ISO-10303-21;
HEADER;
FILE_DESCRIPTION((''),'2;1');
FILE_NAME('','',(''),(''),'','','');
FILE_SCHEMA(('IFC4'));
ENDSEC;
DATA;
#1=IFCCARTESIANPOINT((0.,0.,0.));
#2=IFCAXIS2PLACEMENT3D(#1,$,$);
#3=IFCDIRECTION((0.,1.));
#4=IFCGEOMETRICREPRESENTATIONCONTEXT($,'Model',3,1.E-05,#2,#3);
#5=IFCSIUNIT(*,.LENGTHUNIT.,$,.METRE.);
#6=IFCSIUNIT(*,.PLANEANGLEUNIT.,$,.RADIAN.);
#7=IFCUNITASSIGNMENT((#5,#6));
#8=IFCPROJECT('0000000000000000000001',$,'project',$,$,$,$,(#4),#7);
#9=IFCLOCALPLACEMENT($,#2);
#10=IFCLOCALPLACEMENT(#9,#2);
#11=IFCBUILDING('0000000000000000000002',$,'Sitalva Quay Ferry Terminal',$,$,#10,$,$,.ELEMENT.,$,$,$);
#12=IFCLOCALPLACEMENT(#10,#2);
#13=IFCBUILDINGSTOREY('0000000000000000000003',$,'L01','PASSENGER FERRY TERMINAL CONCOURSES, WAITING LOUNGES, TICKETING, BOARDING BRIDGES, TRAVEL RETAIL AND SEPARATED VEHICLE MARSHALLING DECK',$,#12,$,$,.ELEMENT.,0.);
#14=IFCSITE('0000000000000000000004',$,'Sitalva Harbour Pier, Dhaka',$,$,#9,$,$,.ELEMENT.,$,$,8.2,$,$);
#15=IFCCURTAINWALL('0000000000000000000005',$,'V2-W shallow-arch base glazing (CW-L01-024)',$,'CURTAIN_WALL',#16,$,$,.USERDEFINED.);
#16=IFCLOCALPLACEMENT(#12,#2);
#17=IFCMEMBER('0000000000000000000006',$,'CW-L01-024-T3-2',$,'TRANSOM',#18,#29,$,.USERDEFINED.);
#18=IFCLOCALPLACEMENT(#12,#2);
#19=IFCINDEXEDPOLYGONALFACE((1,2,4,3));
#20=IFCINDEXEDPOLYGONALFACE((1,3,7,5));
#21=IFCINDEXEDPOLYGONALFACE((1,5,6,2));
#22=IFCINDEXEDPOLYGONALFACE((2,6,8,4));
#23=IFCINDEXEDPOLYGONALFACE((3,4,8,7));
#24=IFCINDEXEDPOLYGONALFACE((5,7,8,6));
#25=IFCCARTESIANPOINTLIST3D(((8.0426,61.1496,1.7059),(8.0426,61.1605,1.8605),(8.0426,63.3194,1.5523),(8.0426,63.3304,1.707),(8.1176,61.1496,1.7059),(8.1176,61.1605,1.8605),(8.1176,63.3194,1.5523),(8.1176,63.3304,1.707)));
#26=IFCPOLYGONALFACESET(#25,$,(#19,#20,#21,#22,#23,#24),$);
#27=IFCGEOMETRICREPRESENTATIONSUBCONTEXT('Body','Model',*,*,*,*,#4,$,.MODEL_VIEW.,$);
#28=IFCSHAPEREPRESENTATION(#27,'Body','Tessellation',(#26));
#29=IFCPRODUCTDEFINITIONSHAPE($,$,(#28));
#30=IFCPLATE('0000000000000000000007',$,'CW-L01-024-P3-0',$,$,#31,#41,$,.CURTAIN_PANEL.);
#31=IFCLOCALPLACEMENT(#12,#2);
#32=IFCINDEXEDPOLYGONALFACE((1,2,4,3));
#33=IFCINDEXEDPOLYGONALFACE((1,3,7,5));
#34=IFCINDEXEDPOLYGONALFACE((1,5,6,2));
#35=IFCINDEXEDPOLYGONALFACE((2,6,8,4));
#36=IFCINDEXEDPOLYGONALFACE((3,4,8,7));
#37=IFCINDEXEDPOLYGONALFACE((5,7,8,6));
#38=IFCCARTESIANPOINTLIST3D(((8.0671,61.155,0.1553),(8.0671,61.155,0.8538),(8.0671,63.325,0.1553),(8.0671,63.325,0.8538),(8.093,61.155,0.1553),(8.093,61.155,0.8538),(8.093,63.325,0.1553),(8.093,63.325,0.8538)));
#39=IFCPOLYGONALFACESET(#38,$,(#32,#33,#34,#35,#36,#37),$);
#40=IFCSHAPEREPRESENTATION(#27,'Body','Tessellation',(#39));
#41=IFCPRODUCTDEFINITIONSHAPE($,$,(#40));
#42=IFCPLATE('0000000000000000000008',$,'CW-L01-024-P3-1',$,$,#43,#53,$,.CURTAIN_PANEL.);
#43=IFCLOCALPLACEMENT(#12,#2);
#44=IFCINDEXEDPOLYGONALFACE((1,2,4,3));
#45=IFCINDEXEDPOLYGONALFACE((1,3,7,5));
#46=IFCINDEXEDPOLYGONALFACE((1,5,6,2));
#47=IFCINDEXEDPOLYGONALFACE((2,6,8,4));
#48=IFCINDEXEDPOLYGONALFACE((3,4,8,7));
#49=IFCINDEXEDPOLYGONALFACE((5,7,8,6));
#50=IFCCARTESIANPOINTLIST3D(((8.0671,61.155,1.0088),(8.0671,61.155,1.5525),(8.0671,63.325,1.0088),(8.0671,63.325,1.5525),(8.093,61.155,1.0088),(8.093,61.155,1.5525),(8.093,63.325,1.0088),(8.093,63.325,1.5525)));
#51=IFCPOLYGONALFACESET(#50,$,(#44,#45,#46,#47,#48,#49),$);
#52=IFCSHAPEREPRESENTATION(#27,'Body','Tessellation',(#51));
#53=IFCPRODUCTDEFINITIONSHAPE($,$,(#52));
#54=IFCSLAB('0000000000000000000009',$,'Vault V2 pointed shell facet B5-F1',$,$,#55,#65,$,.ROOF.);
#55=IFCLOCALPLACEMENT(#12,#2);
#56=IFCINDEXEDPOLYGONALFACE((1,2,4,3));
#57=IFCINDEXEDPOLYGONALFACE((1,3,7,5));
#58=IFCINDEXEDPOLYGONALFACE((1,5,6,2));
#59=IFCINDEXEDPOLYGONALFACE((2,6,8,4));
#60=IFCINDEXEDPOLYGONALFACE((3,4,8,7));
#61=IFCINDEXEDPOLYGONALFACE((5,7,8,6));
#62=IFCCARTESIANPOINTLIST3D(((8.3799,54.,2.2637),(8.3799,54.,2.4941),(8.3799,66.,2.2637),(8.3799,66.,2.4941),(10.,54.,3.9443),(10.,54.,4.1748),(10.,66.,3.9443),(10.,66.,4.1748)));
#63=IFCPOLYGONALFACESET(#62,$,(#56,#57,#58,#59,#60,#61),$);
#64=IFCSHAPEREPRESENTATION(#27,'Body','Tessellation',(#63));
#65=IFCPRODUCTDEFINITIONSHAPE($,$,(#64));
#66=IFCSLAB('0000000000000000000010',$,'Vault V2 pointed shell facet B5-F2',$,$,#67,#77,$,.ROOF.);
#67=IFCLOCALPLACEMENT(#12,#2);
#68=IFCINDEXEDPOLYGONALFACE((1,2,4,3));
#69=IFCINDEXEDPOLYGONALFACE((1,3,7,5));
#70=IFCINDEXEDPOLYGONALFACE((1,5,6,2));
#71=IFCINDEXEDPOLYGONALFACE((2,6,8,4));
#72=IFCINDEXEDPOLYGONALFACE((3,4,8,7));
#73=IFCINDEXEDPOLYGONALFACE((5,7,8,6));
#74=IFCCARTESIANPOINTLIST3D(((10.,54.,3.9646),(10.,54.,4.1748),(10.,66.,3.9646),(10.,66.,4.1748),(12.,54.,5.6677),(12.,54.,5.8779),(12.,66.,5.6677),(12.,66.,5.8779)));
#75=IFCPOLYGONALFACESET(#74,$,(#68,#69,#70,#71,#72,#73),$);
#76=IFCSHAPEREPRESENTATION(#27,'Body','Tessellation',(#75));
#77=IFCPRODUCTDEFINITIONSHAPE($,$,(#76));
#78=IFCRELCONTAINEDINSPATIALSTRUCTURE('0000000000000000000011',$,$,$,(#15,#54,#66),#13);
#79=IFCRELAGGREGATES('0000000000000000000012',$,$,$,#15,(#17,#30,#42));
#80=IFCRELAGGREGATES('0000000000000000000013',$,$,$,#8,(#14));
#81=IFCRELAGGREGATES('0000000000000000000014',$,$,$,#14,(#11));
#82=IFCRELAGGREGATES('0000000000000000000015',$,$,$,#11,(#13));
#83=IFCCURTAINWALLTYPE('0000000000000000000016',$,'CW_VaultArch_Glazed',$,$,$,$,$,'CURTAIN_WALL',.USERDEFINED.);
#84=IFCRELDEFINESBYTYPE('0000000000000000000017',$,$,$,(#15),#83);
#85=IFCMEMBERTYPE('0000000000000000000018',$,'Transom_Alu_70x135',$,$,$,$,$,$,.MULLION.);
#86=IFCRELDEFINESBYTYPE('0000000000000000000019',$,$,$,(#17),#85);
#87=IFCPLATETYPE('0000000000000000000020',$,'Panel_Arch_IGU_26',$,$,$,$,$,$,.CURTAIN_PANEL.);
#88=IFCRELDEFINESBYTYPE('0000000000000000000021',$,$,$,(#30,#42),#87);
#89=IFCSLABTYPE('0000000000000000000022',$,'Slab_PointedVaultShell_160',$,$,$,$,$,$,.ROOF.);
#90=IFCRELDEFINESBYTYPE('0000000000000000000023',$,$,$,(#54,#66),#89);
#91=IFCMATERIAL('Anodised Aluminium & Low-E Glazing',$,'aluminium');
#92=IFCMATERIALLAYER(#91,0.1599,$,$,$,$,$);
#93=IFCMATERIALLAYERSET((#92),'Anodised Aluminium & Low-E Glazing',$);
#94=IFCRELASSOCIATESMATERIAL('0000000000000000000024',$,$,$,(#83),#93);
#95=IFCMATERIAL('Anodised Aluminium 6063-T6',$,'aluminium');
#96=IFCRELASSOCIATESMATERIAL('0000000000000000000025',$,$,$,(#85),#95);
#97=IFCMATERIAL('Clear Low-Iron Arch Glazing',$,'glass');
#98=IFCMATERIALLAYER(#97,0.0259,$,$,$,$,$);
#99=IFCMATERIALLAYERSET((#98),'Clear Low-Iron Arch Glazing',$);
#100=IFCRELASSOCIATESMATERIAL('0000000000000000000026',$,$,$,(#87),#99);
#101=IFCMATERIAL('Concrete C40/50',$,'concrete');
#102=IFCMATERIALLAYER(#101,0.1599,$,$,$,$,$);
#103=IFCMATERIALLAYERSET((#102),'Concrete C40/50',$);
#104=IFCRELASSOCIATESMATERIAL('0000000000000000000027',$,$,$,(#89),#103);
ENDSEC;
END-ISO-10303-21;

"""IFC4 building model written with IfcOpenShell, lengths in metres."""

from ifc_helpers import new_model, si_unit, direction, frame, origin, origin_2d, place, context, subcontext, project, spatial, polyline, rectangle, outline, extrude, material, layer, layer_set, material_profile, profile_set, type_object, element, aggregate, save


model = new_model("IFC4")

# Units and contexts
model_context = context("Model", 3, precision=1e-05, world=origin(), true_north=direction((0.0, 1.0)))
body_context = subcontext(model_context, "Body", "Model", "MODEL_VIEW")
ifc_project = project(units=[si_unit("LENGTHUNIT", "METRE"), si_unit("PLANEANGLEUNIT", "RADIAN")], contexts=[model_context])

# Site, building, storey
site_placement = place(None, origin())
site = spatial("IfcSite", under=ifc_project, at=site_placement, Name="Sitalva Harbour Pier, Dhaka", CompositionType="ELEMENT", RefElevation=8.2)
building_placement = place(site_placement, origin())
building = spatial("IfcBuilding", under=site, at=building_placement, Name="Sitalva Quay Ferry Terminal", CompositionType="ELEMENT")
storey_placement = place(building_placement, origin())
storey = spatial("IfcBuildingStorey", under=building, at=storey_placement, Name="L01", Description="PASSENGER FERRY TERMINAL CONCOURSES, WAITING LOUNGES, TICKETING, BOARDING BRIDGES, TRAVEL RETAIL AND SEPARATED VEHICLE MARSHALLING DECK", CompositionType="ELEMENT", Elevation=0.0)

# Curtain wall, member, plates
ifc_material_1 = material(Name="Anodised Aluminium & Low-E Glazing", Category="aluminium")
ifc_layer_1 = layer(ifc_material_1, 0.1599)
ifc_layer_set_1 = layer_set([ifc_layer_1], Name="Anodised Aluminium & Low-E Glazing")
curtain_wall_type = type_object("IfcCurtainWallType", Name="CW_VaultArch_Glazed", ElementType="CURTAIN_WALL", PredefinedType="USERDEFINED", material=ifc_layer_set_1)
curtain_wall_placement = place(storey_placement, origin())
curtain_wall = element("IfcCurtainWall", 1, at=curtain_wall_placement, inside=storey, type_object=curtain_wall_type, Name="V2-W shallow-arch base glazing (CW-L01-024)", ObjectType="CURTAIN_WALL", PredefinedType="USERDEFINED")
ifc_material_2 = material(Name="Anodised Aluminium 6063-T6", Category="aluminium")
ifc_material_profile_1 = material_profile(ifc_material_2, rectangle(XDim=0.075, YDim=0.155, at=origin_2d()), Name="ALU75x155")
ifc_profile_set_1 = profile_set([ifc_material_profile_1], Name="Anodised Aluminium 6063-T6")
member_type = type_object("IfcMemberType", Name="Transom_Alu_70x135", PredefinedType="MULLION", material=ifc_profile_set_1)
member_1_placement = place(storey_placement, frame((8.0801, 61.155, 1.7832), z_axis=(0.0, 0.997505, -0.070593), x_axis=(-1.0, 0.0, 0.0)))
member_1 = element("IfcMember", 2, at=member_1_placement, type_object=member_type, Name="CW-L01-024-T3-2", ObjectType="TRANSOM", PredefinedType="USERDEFINED", context=body_context, shape_type="SweptSolid", body=[
    extrude(rectangle(XDim=0.075, YDim=0.155, at=origin_2d()), origin(), (0.0, 0.0, 1.0), 2.1753),
])
ifc_material_3 = material(Name="Clear Low-Iron Arch Glazing", Category="glass")
ifc_layer_2 = layer(ifc_material_3, 0.0259)
ifc_layer_set_2 = layer_set([ifc_layer_2], Name="Clear Low-Iron Arch Glazing")
plate_type = type_object("IfcPlateType", Name="Panel_Arch_IGU_26", PredefinedType="CURTAIN_PANEL", material=ifc_layer_set_2)
plate_1_placement = place(storey_placement, frame((8.0801, 62.24, 0.1553), z_axis=(0.0, 0.0, 1.0), x_axis=(0.0, 1.0, 0.0)))
plate_1 = element("IfcPlate", 3, at=plate_1_placement, type_object=plate_type, Name="CW-L01-024-P3-0", PredefinedType="CURTAIN_PANEL", context=body_context, shape_type="SweptSolid", body=[
    extrude(rectangle(XDim=2.1699, YDim=0.0259, at=origin_2d()), origin(), (0.0, 0.0, 1.0), 0.6985),
])
plate_2_placement = place(storey_placement, frame((8.0801, 62.24, 1.0088), z_axis=(0.0, 0.0, 1.0), x_axis=(0.0, 1.0, 0.0)))
plate_2 = element("IfcPlate", 4, at=plate_2_placement, type_object=plate_type, Name="CW-L01-024-P3-1", PredefinedType="CURTAIN_PANEL", context=body_context, shape_type="SweptSolid", body=[
    extrude(rectangle(XDim=2.1699, YDim=0.0259, at=origin_2d()), origin(), (0.0, 0.0, 1.0), 0.5437),
])
aggregate(curtain_wall, [member_1, plate_1, plate_2])

# Slabs
ifc_material_4 = material(Name="Concrete C40/50", Category="concrete")
ifc_layer_3 = layer(ifc_material_4, 0.1599)
ifc_layer_set_3 = layer_set([ifc_layer_3], Name="Concrete C40/50")
slab_type = type_object("IfcSlabType", Name="Slab_PointedVaultShell_160", PredefinedType="ROOF", material=ifc_layer_set_3)
slab_1_placement = place(storey_placement, frame((8.3799, 54.0, 2.4941), z_axis=(-0.719956, 0.0, 0.694019), x_axis=(0.694019, 0.0, 0.719956)))
element("IfcSlab", 5, at=slab_1_placement, inside=storey, type_object=slab_type, Name="Vault V2 pointed shell facet B5-F1", PredefinedType="ROOF", context=body_context, shape_type="SweptSolid", body=[
    extrude(outline(polyline([(0.0, 0.0), (2.3344, 0.0), (2.3344, 12.0), (0.0, 12.0), (0.0, 0.0)])), origin(), (-0.719956, 0.0, -0.694019), 0.2305),
])
slab_2_placement = place(storey_placement, frame((10.0, 54.0, 4.1748), z_axis=(-0.648339, 0.0, 0.761352), x_axis=(0.761352, 0.0, 0.648339)))
element("IfcSlab", 6, at=slab_2_placement, inside=storey, type_object=slab_type, Name="Vault V2 pointed shell facet B5-F2", PredefinedType="ROOF", context=body_context, shape_type="SweptSolid", body=[
    extrude(outline(polyline([(0.0, 0.0), (2.6269, 0.0), (2.6269, 12.0), (0.0, 12.0), (0.0, 0.0)])), origin(), (-0.648339, 0.0, -0.761352), 0.2102),
])

save(model, "model.ifc")
